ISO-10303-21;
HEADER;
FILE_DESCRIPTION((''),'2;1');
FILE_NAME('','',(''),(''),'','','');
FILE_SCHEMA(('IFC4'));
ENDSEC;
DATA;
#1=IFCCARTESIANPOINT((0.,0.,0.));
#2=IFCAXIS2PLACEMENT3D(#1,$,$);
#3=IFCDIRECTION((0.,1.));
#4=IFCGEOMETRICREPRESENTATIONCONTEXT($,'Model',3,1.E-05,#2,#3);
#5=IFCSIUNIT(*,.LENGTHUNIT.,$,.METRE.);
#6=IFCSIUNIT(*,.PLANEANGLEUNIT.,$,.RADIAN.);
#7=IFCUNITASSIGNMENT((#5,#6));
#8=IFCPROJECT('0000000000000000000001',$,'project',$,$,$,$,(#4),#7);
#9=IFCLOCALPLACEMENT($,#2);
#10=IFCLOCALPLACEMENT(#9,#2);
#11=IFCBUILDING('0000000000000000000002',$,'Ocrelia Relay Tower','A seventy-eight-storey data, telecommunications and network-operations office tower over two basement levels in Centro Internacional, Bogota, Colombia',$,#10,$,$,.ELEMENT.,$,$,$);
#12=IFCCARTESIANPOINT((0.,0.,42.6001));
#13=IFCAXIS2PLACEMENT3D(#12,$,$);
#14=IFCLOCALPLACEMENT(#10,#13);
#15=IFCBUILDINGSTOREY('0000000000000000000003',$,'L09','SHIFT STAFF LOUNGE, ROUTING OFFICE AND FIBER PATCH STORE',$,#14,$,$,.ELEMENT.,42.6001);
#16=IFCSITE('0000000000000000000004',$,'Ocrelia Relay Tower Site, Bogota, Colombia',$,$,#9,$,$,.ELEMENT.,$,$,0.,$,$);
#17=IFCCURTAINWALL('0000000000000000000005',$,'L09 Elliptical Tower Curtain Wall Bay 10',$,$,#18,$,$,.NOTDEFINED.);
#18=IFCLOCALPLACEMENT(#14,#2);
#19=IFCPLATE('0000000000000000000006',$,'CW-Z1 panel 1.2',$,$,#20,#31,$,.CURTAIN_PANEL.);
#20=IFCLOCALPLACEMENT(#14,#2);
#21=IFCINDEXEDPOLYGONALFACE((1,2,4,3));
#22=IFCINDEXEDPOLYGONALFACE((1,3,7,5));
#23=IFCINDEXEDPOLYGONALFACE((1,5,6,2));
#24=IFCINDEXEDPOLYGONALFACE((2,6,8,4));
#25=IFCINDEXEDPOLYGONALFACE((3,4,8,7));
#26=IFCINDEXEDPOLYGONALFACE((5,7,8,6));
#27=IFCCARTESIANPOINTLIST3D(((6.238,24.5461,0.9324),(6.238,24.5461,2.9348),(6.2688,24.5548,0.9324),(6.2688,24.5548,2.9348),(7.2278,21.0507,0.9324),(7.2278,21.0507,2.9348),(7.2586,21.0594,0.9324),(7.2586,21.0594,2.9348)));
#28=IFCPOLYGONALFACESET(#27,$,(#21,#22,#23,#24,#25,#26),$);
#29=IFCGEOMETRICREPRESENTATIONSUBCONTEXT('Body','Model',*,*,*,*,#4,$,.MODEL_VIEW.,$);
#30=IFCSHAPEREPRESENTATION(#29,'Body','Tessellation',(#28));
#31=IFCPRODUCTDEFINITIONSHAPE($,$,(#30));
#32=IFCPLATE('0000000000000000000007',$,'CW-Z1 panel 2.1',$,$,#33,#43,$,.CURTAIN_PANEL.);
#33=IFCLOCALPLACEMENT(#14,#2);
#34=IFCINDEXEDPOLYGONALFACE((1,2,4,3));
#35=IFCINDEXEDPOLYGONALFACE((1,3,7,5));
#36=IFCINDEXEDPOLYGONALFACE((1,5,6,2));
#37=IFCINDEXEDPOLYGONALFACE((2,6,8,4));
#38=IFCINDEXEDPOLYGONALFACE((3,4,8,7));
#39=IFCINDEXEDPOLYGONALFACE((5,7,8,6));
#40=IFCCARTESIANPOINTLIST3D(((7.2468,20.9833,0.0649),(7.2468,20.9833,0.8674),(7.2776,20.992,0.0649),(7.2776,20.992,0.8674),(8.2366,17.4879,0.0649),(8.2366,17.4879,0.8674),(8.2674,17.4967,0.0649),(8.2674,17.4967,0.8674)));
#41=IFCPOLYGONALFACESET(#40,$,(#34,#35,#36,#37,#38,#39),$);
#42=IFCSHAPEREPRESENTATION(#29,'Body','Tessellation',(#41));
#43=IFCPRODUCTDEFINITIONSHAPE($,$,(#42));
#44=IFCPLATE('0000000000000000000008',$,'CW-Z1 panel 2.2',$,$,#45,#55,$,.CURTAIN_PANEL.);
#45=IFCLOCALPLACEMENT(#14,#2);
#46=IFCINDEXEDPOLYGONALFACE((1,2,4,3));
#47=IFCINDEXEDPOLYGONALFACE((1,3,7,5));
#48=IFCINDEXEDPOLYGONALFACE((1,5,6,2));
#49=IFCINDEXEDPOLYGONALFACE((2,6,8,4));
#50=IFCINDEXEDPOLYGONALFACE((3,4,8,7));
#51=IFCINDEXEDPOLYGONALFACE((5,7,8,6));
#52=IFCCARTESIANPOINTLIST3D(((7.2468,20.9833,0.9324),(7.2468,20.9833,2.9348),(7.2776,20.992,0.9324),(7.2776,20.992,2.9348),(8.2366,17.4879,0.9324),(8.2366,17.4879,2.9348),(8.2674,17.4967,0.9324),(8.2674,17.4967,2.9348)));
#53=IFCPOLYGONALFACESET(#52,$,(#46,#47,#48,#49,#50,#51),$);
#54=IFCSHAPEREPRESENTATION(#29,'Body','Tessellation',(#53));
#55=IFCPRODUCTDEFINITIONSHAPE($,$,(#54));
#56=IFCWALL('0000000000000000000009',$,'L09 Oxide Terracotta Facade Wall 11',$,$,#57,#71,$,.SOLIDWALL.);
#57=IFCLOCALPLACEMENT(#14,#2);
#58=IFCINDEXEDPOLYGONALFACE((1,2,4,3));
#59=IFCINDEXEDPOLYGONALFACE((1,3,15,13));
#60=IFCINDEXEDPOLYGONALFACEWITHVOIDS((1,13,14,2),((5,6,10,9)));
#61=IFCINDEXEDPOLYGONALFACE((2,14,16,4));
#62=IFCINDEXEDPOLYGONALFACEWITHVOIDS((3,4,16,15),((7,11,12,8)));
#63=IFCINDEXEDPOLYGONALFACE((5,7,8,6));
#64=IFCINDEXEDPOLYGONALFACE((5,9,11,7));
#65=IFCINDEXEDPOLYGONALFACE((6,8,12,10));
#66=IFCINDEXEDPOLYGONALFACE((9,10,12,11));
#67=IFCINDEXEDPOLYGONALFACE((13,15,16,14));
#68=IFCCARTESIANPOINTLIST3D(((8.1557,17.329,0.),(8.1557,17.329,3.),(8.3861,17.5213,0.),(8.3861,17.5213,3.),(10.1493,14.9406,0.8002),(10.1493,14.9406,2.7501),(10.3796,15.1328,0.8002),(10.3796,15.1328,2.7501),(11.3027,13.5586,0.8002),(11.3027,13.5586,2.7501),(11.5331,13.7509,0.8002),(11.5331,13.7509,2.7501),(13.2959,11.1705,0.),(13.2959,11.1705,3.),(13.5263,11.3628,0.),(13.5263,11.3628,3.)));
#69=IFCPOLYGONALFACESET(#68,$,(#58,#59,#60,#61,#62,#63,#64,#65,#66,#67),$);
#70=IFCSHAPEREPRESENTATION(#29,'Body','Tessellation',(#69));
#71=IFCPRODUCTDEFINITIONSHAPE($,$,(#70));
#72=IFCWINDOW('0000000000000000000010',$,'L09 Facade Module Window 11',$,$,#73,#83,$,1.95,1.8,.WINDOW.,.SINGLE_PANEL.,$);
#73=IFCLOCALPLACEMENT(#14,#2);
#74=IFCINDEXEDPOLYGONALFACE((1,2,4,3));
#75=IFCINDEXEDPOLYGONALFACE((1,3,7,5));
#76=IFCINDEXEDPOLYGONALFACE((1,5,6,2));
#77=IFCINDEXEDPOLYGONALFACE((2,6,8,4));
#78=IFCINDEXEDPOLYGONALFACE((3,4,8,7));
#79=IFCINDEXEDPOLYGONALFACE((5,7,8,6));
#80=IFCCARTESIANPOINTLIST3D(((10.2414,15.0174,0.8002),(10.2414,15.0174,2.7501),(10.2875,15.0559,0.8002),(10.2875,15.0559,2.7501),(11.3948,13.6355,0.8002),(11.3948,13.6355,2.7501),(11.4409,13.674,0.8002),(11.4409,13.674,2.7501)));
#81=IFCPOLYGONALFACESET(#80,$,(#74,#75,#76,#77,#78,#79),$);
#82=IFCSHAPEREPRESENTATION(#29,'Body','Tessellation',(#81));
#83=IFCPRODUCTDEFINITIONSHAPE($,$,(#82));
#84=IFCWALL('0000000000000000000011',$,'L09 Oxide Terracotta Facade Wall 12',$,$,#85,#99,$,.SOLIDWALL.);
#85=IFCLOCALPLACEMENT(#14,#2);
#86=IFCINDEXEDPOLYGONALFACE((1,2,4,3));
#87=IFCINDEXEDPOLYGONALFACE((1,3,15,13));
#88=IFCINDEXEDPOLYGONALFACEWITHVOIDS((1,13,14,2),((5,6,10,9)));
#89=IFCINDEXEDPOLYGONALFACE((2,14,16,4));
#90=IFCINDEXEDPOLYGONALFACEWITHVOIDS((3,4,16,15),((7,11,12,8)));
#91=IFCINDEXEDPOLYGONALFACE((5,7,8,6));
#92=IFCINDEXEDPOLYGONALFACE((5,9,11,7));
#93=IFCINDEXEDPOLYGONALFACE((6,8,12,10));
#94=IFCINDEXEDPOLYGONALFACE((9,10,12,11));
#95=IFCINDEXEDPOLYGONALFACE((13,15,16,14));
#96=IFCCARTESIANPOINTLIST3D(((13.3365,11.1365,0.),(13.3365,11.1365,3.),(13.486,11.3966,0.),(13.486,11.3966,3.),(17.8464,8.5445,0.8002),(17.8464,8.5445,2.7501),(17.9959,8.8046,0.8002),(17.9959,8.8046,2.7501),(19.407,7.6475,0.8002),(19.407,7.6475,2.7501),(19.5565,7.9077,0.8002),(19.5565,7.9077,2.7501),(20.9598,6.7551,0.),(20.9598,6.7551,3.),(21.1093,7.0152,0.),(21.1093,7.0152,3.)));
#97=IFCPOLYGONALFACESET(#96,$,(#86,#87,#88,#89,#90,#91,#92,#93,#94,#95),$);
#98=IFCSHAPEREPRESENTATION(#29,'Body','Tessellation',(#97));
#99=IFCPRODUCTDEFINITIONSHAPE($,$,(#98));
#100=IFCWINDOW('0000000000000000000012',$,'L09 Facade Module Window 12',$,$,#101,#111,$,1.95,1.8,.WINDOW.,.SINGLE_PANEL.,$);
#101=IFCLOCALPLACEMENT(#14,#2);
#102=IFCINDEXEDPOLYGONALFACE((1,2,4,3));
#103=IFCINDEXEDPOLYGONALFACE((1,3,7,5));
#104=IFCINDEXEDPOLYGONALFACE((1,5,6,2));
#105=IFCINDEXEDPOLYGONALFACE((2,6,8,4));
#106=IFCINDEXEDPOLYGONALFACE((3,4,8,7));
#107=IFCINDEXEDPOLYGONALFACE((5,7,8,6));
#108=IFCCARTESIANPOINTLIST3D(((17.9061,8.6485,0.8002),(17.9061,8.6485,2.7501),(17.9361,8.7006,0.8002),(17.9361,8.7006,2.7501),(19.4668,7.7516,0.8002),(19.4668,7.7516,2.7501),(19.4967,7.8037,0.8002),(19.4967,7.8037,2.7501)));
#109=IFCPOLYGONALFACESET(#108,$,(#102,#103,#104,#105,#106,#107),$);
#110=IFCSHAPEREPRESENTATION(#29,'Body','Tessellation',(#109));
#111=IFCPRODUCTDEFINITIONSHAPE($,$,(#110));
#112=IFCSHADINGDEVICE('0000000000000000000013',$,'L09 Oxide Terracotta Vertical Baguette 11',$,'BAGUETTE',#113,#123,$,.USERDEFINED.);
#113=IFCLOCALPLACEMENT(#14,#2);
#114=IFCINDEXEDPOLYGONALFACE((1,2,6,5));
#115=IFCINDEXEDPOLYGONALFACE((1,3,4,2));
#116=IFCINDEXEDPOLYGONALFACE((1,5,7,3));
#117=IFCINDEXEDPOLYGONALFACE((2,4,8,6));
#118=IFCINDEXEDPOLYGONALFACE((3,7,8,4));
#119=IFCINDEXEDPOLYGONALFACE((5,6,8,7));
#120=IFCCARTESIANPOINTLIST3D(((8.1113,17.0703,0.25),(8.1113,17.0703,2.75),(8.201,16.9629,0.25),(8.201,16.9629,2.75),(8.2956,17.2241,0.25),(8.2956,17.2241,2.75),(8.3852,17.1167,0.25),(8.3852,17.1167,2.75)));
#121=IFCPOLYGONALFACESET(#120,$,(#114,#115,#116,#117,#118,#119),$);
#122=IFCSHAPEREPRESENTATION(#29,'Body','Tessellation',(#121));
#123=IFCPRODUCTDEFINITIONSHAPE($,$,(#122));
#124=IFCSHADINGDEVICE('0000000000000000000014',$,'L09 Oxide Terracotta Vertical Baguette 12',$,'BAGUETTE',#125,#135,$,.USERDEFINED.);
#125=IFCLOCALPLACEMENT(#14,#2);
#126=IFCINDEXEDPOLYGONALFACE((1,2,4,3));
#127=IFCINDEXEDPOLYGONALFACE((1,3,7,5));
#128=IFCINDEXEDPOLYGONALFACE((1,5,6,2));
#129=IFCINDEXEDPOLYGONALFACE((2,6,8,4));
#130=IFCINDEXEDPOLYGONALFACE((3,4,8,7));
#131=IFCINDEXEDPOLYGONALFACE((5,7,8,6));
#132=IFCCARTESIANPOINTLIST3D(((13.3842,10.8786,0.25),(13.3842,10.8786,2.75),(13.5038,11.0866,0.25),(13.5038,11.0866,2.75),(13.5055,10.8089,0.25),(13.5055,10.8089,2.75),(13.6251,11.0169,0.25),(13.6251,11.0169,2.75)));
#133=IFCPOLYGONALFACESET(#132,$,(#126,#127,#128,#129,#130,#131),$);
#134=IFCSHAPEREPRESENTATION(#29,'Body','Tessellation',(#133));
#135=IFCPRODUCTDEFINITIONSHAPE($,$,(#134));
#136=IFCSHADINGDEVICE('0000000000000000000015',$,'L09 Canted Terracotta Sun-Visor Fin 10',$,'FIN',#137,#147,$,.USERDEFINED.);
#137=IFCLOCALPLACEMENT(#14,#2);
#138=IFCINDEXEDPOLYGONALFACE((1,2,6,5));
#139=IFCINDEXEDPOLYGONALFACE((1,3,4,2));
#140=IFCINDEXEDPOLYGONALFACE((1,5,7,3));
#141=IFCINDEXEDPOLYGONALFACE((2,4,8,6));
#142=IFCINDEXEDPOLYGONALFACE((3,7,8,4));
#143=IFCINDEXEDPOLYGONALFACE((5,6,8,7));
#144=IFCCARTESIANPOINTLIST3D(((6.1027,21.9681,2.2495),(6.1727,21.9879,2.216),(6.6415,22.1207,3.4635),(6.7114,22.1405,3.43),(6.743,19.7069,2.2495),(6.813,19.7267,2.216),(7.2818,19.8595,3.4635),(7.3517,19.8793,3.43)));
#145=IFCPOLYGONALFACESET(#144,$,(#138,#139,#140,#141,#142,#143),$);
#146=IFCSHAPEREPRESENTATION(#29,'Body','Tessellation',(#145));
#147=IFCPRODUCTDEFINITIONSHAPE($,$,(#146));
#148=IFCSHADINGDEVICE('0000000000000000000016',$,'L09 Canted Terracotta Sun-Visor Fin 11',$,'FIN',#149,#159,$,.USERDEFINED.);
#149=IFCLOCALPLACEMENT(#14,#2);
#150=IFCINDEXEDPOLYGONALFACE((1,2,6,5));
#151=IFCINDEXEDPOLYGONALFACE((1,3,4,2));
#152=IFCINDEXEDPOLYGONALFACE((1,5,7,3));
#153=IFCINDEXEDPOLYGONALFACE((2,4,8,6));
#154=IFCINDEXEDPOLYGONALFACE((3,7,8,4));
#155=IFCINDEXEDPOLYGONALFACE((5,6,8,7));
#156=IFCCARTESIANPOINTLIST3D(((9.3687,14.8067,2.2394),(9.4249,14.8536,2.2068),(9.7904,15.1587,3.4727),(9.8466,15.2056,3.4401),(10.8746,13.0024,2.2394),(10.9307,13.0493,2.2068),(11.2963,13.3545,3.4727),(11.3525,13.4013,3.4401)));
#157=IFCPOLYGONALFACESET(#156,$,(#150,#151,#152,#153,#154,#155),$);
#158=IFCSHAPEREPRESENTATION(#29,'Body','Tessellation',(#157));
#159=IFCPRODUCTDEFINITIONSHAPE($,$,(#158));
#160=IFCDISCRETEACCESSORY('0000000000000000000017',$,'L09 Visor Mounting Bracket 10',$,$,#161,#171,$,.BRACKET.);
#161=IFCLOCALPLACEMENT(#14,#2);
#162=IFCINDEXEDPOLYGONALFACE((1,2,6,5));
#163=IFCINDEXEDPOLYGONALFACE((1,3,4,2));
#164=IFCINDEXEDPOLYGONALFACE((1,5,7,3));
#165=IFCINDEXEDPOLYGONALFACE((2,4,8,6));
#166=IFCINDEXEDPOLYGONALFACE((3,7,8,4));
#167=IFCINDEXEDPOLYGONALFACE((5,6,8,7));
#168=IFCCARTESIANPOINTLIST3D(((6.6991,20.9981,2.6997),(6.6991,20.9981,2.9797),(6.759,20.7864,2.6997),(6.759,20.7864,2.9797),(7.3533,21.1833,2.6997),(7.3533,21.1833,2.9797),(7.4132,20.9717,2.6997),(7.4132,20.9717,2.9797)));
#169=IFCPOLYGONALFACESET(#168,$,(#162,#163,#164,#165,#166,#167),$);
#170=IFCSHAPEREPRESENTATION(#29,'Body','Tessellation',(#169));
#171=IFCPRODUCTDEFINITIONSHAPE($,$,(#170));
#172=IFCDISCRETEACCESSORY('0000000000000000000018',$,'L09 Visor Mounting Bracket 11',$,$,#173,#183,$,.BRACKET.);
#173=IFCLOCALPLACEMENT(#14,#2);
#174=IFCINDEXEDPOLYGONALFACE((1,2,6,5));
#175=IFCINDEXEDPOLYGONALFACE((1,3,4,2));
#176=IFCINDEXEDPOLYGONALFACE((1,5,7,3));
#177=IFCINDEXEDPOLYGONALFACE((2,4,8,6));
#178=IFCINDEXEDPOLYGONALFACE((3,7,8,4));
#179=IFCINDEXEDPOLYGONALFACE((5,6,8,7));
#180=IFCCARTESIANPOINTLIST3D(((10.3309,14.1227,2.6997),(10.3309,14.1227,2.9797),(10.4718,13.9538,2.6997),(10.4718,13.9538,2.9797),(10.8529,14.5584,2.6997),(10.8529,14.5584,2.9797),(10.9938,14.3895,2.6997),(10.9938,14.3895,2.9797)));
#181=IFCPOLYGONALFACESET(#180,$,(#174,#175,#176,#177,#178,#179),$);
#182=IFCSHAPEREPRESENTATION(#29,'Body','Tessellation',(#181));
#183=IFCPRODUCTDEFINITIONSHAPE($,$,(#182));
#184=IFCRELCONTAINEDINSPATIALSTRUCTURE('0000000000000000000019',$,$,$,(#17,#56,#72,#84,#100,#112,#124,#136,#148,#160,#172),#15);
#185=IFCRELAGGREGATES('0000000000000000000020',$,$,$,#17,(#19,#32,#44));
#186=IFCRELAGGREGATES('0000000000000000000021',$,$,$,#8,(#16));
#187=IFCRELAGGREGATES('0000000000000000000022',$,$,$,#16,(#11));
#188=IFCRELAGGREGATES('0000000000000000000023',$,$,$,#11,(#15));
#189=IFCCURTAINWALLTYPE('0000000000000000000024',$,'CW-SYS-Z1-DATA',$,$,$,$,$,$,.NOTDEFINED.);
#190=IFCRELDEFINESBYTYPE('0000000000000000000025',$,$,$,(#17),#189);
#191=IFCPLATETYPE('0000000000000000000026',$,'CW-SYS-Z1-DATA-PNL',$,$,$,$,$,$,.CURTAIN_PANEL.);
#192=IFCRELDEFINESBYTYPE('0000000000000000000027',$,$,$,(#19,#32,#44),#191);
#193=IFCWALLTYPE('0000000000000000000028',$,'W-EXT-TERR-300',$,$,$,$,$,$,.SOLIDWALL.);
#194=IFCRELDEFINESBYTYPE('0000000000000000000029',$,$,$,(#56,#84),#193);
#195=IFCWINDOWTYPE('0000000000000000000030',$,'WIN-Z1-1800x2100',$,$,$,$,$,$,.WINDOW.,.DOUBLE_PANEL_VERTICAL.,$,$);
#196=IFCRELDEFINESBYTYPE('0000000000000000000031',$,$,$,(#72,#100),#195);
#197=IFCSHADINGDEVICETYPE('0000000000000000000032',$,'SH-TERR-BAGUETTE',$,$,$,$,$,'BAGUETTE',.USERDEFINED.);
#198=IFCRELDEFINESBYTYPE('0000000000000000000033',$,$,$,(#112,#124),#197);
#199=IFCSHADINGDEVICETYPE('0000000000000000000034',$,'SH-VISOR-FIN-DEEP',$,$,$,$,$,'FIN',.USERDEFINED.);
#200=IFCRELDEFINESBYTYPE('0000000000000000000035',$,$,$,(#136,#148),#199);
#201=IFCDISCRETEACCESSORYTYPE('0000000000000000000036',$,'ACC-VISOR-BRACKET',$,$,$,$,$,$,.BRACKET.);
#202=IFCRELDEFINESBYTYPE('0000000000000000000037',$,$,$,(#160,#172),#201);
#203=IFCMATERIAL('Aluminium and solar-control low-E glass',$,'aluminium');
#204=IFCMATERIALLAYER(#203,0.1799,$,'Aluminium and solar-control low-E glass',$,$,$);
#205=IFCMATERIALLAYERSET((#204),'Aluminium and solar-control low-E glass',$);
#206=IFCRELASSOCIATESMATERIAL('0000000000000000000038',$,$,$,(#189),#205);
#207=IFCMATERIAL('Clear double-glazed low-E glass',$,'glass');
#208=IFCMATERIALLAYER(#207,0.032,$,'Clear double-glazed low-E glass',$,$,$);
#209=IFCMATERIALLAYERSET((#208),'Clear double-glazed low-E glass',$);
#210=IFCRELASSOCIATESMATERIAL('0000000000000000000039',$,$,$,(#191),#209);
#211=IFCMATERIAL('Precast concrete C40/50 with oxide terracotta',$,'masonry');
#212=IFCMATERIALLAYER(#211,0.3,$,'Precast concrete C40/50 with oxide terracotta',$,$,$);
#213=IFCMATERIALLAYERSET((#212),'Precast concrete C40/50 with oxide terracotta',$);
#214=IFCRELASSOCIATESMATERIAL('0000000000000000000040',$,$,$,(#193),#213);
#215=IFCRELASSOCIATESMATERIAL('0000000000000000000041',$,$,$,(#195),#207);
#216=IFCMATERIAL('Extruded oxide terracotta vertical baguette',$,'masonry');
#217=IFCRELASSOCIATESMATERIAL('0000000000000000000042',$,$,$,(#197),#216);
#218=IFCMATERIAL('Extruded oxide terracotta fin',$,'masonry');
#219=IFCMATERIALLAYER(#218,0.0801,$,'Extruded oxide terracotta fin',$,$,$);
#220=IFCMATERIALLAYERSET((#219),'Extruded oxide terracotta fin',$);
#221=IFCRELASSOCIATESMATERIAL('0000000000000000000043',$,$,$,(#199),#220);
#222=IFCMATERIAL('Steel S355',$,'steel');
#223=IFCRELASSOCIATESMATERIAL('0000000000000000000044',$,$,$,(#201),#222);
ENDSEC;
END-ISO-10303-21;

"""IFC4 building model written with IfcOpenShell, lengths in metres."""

from ifc_helpers import new_model, si_unit, direction, frame, frame_2d, origin, origin_2d, place, context, subcontext, project, spatial, rectangle, extrude, material, layer, layer_set, type_object, element, fill, aggregate, save


model = new_model("IFC4")

# Units and contexts
model_context = context("Model", 3, precision=1e-05, world=origin(), true_north=direction((0.0, 1.0)))
body_context = subcontext(model_context, "Body", "Model", "MODEL_VIEW")
ifc_project = project(units=[si_unit("LENGTHUNIT", "METRE"), si_unit("PLANEANGLEUNIT", "RADIAN")], contexts=[model_context])

# Site, building, storey
site_placement = place(None, origin())
site = spatial("IfcSite", under=ifc_project, at=site_placement, Name="Ocrelia Relay Tower Site, Bogota, Colombia", CompositionType="ELEMENT", RefElevation=0.0)
building_placement = place(site_placement, origin())
building = spatial("IfcBuilding", under=site, at=building_placement, Name="Ocrelia Relay Tower", Description="A seventy-eight-storey data, telecommunications and network-operations office tower over two basement levels in Centro Internacional, Bogota, Colombia", CompositionType="ELEMENT")
storey_placement = place(building_placement, frame((0.0, 0.0, 42.6001)))
storey = spatial("IfcBuildingStorey", under=building, at=storey_placement, Name="L09", Description="SHIFT STAFF LOUNGE, ROUTING OFFICE AND FIBER PATCH STORE", CompositionType="ELEMENT", Elevation=42.6001)

# Curtain wall, plates
ifc_material_1 = material(Name="Aluminium and solar-control low-E glass", Category="aluminium")
ifc_layer_1 = layer(ifc_material_1, 0.1799, Name="Aluminium and solar-control low-E glass")
ifc_layer_set_1 = layer_set([ifc_layer_1], Name="Aluminium and solar-control low-E glass")
curtain_wall_type = type_object("IfcCurtainWallType", Name="CW-SYS-Z1-DATA", PredefinedType="NOTDEFINED", material=ifc_layer_set_1)
curtain_wall_placement = place(storey_placement, origin())
curtain_wall = element("IfcCurtainWall", 1, at=curtain_wall_placement, inside=storey, type_object=curtain_wall_type, Name="L09 Elliptical Tower Curtain Wall Bay 10", PredefinedType="NOTDEFINED")
ifc_material_2 = material(Name="Clear double-glazed low-E glass", Category="glass")
ifc_layer_2 = layer(ifc_material_2, 0.032, Name="Clear double-glazed low-E glass")
ifc_layer_set_2 = layer_set([ifc_layer_2], Name="Clear double-glazed low-E glass")
plate_type = type_object("IfcPlateType", Name="CW-SYS-Z1-DATA-PNL", PredefinedType="CURTAIN_PANEL", material=ifc_layer_set_2)
plate_1_placement = place(storey_placement, frame((6.7483, 22.8027, 0.9324), z_axis=(0.0, 0.0, 1.0), x_axis=(0.272454, -0.962169, 0.0)))
plate_1 = element("IfcPlate", 2, at=plate_1_placement, type_object=plate_type, Name="CW-Z1 panel 1.2", PredefinedType="CURTAIN_PANEL", context=body_context, shape_type="SweptSolid", body=[
    extrude(rectangle(XDim=3.6328, YDim=0.032, at=origin_2d()), origin(), (0.0, 0.0, 1.0), 2.0024),
])
plate_2_placement = place(storey_placement, frame((7.7571, 19.24, 0.0649), z_axis=(0.0, 0.0, 1.0), x_axis=(0.272454, -0.962169, 0.0)))
plate_2 = element("IfcPlate", 3, at=plate_2_placement, type_object=plate_type, Name="CW-Z1 panel 2.1", PredefinedType="CURTAIN_PANEL", context=body_context, shape_type="SweptSolid", body=[
    extrude(rectangle(XDim=3.6328, YDim=0.032, at=origin_2d()), origin(), (0.0, 0.0, 1.0), 0.8025),
])
plate_3_placement = place(storey_placement, frame((7.7571, 19.24, 0.9324), z_axis=(0.0, 0.0, 1.0), x_axis=(0.272454, -0.962169, 0.0)))
plate_3 = element("IfcPlate", 4, at=plate_3_placement, type_object=plate_type, Name="CW-Z1 panel 2.2", PredefinedType="CURTAIN_PANEL", context=body_context, shape_type="SweptSolid", body=[
    extrude(rectangle(XDim=3.6328, YDim=0.032, at=origin_2d()), origin(), (0.0, 0.0, 1.0), 2.0024),
])
aggregate(curtain_wall, [plate_1, plate_2, plate_3])

# Walls, openings, windows
ifc_material_3 = material(Name="Precast concrete C40/50 with oxide terracotta", Category="masonry")
ifc_layer_3 = layer(ifc_material_3, 0.3, Name="Precast concrete C40/50 with oxide terracotta")
ifc_layer_set_3 = layer_set([ifc_layer_3], Name="Precast concrete C40/50 with oxide terracotta")
wall_type = type_object("IfcWallType", Name="W-EXT-TERR-300", PredefinedType="SOLIDWALL", material=ifc_layer_set_3)
wall_1_placement = place(storey_placement, frame((8.271, 17.425, 0.0), z_axis=(0.0, 0.0, 1.0), x_axis=(0.64078, -0.767725, 0.0)))
wall_1 = element("IfcWall", 5, at=wall_1_placement, inside=storey, type_object=wall_type, Name="L09 Oxide Terracotta Facade Wall 11", PredefinedType="SOLIDWALL", context=body_context, shape_type="SweptSolid", body=[
    extrude(rectangle(XDim=8.0217, YDim=0.3, at=frame_2d((4.0107, 0.0))), origin(), (0.0, 0.0, 1.0), 3.0),
])
opening_1_placement = place(wall_1_placement, frame((3.1111, 0.0, 0.8)))
opening_1 = element("IfcOpeningElement", 6, at=opening_1_placement, cuts=wall_1, PredefinedType="OPENING", context=body_context, shape_type="SweptSolid", body=[
    extrude(rectangle(XDim=1.8, YDim=1.95, at=frame_2d((0.8999, 0.9751))), frame((0.0, 0.1602, 0.0), z_axis=(0.0, -1.0, 0.0), x_axis=(1.0, 0.0, 0.0)), (0.0, 0.0, 1.0), 0.3201),
])
window_type = type_object("IfcWindowType", Name="WIN-Z1-1800x2100", PartitioningType="DOUBLE_PANEL_VERTICAL", PredefinedType="WINDOW", material=ifc_material_2)
window_1_placement = place(opening_1_placement, origin())
window_1 = element("IfcWindow", 7, at=window_1_placement, inside=storey, type_object=window_type, Name="L09 Facade Module Window 11", OverallHeight=1.95, OverallWidth=1.8, PartitioningType="SINGLE_PANEL", PredefinedType="WINDOW", context=body_context, shape_type="SweptSolid", body=[
    extrude(rectangle(XDim=1.8, YDim=1.95, at=frame_2d((0.8999, 0.9751))), frame((0.0, 0.03, 0.0), z_axis=(0.0, -1.0, 0.0), x_axis=(1.0, 0.0, 0.0)), (0.0, 0.0, 1.0), 0.0601),
])
fill(opening_1, window_1)
wall_2_placement = place(storey_placement, frame((13.4111, 11.2666, 0.0), z_axis=(0.0, 0.0, 1.0), x_axis=(0.867007, -0.498296, 0.0)))
wall_2 = element("IfcWall", 8, at=wall_2_placement, inside=storey, type_object=wall_type, Name="L09 Oxide Terracotta Facade Wall 12", PredefinedType="SOLIDWALL", context=body_context, shape_type="SweptSolid", body=[
    extrude(rectangle(XDim=8.7927, YDim=0.3, at=frame_2d((4.3965, 0.0))), origin(), (0.0, 0.0, 1.0), 3.0),
])
opening_2_placement = place(wall_2_placement, frame((5.2019, 0.0, 0.8)))
opening_2 = element("IfcOpeningElement", 9, at=opening_2_placement, cuts=wall_2, PredefinedType="OPENING", context=body_context, shape_type="SweptSolid", body=[
    extrude(rectangle(XDim=1.8, YDim=1.95, at=frame_2d((0.8999, 0.9751))), frame((0.0, 0.1602, 0.0), z_axis=(0.0, -1.0, 0.0), x_axis=(1.0, 0.0, 0.0)), (0.0, 0.0, 1.0), 0.3201),
])
window_2_placement = place(opening_2_placement, origin())
window_2 = element("IfcWindow", 10, at=window_2_placement, inside=storey, type_object=window_type, Name="L09 Facade Module Window 12", OverallHeight=1.95, OverallWidth=1.8, PartitioningType="SINGLE_PANEL", PredefinedType="WINDOW", context=body_context, shape_type="SweptSolid", body=[
    extrude(rectangle(XDim=1.8, YDim=1.95, at=frame_2d((0.8999, 0.9751))), frame((0.0, 0.03, 0.0), z_axis=(0.0, -1.0, 0.0), x_axis=(1.0, 0.0, 0.0)), (0.0, 0.0, 1.0), 0.0601),
])
fill(opening_2, window_2)

# Shading devices
ifc_material_4 = material(Name="Extruded oxide terracotta vertical baguette", Category="masonry")
shading_device_type_1 = type_object("IfcShadingDeviceType", Name="SH-TERR-BAGUETTE", ElementType="BAGUETTE", PredefinedType="USERDEFINED", material=ifc_material_4)
for number, where, z_axis, x_axis, name in (
    (11, (8.2483, 17.0935, 0.25), (0.0, 0.0, 1.0), (0.640773, -0.767731, 0.0), "L09 Oxide Terracotta Vertical Baguette 11"),
    (12, (13.5046, 10.9478, 0.25), (0.0, 0.0, 1.0), (0.867004, -0.4983, 0.0), "L09 Oxide Terracotta Vertical Baguette 12"),
):
    element("IfcShadingDevice", number, at=place(storey_placement, frame(where, z_axis=z_axis, x_axis=x_axis)), inside=storey, type_object=shading_device_type_1, Name=name, ObjectType="BAGUETTE", PredefinedType="USERDEFINED", context=body_context, shape_type="SweptSolid", body=[
        extrude(rectangle(XDim=0.1399, YDim=0.24, at=origin_2d()), origin(), (0.0, 0.0, 1.0), 2.5),
    ])
ifc_material_5 = material(Name="Extruded oxide terracotta fin", Category="masonry")
ifc_layer_4 = layer(ifc_material_5, 0.0801, Name="Extruded oxide terracotta fin")
ifc_layer_set_4 = layer_set([ifc_layer_4], Name="Extruded oxide terracotta fin")
shading_device_type_2 = type_object("IfcShadingDeviceType", Name="SH-VISOR-FIN-DEEP", ElementType="FIN", PredefinedType="USERDEFINED", material=ifc_layer_set_4)
shading_device_1_placement = place(storey_placement, frame((6.7622, 20.9336, 2.823), z_axis=(-0.873717, -0.247407, 0.418818), x_axis=(0.272454, -0.962169, 0.0)))
element("IfcShadingDevice", 13, at=shading_device_1_placement, inside=storey, type_object=shading_device_type_2, Name="L09 Canted Terracotta Sun-Visor Fin 10", ObjectType="FIN", PredefinedType="USERDEFINED", context=body_context, shape_type="SweptSolid", body=[
    extrude(rectangle(XDim=2.3501, YDim=1.3369, at=origin_2d()), origin(), (0.0, 0.0, 1.0), 0.0801),
])
shading_device_2_placement = place(storey_placement, frame((10.3887, 14.1274, 2.8235), z_axis=(-0.701302, -0.58533, 0.406896), x_axis=(0.640773, -0.767731, 0.0)))
element("IfcShadingDevice", 14, at=shading_device_2_placement, inside=storey, type_object=shading_device_type_2, Name="L09 Canted Terracotta Sun-Visor Fin 11", ObjectType="FIN", PredefinedType="USERDEFINED", context=body_context, shape_type="SweptSolid", body=[
    extrude(rectangle(XDim=2.3501, YDim=1.3501, at=origin_2d()), origin(), (0.0, 0.0, 1.0), 0.0801),
])

# Discrete accessories
ifc_material_6 = material(Name="Steel S355", Category="steel")
discrete_accessory_type = type_object("IfcDiscreteAccessoryType", Name="ACC-VISOR-BRACKET", PredefinedType="BRACKET", material=ifc_material_6)
for number, where, z_axis, x_axis, name in (
    (15, (7.0562, 20.9849, 2.6997), (0.0, 0.0, 1.0), (0.272454, -0.962169, 0.0), "L09 Visor Mounting Bracket 10"),
    (16, (10.6624, 14.2561, 2.6997), (0.0, 0.0, 1.0), (0.640773, -0.767731, 0.0), "L09 Visor Mounting Bracket 11"),
):
    element("IfcDiscreteAccessory", number, at=place(storey_placement, frame(where, z_axis=z_axis, x_axis=x_axis)), inside=storey, type_object=discrete_accessory_type, Name=name, PredefinedType="BRACKET", context=body_context, shape_type="SweptSolid", body=[
        extrude(rectangle(XDim=0.22, YDim=0.6799, at=origin_2d()), origin(), (0.0, 0.0, 1.0), 0.28),
    ])

save(model, "model.ifc")
